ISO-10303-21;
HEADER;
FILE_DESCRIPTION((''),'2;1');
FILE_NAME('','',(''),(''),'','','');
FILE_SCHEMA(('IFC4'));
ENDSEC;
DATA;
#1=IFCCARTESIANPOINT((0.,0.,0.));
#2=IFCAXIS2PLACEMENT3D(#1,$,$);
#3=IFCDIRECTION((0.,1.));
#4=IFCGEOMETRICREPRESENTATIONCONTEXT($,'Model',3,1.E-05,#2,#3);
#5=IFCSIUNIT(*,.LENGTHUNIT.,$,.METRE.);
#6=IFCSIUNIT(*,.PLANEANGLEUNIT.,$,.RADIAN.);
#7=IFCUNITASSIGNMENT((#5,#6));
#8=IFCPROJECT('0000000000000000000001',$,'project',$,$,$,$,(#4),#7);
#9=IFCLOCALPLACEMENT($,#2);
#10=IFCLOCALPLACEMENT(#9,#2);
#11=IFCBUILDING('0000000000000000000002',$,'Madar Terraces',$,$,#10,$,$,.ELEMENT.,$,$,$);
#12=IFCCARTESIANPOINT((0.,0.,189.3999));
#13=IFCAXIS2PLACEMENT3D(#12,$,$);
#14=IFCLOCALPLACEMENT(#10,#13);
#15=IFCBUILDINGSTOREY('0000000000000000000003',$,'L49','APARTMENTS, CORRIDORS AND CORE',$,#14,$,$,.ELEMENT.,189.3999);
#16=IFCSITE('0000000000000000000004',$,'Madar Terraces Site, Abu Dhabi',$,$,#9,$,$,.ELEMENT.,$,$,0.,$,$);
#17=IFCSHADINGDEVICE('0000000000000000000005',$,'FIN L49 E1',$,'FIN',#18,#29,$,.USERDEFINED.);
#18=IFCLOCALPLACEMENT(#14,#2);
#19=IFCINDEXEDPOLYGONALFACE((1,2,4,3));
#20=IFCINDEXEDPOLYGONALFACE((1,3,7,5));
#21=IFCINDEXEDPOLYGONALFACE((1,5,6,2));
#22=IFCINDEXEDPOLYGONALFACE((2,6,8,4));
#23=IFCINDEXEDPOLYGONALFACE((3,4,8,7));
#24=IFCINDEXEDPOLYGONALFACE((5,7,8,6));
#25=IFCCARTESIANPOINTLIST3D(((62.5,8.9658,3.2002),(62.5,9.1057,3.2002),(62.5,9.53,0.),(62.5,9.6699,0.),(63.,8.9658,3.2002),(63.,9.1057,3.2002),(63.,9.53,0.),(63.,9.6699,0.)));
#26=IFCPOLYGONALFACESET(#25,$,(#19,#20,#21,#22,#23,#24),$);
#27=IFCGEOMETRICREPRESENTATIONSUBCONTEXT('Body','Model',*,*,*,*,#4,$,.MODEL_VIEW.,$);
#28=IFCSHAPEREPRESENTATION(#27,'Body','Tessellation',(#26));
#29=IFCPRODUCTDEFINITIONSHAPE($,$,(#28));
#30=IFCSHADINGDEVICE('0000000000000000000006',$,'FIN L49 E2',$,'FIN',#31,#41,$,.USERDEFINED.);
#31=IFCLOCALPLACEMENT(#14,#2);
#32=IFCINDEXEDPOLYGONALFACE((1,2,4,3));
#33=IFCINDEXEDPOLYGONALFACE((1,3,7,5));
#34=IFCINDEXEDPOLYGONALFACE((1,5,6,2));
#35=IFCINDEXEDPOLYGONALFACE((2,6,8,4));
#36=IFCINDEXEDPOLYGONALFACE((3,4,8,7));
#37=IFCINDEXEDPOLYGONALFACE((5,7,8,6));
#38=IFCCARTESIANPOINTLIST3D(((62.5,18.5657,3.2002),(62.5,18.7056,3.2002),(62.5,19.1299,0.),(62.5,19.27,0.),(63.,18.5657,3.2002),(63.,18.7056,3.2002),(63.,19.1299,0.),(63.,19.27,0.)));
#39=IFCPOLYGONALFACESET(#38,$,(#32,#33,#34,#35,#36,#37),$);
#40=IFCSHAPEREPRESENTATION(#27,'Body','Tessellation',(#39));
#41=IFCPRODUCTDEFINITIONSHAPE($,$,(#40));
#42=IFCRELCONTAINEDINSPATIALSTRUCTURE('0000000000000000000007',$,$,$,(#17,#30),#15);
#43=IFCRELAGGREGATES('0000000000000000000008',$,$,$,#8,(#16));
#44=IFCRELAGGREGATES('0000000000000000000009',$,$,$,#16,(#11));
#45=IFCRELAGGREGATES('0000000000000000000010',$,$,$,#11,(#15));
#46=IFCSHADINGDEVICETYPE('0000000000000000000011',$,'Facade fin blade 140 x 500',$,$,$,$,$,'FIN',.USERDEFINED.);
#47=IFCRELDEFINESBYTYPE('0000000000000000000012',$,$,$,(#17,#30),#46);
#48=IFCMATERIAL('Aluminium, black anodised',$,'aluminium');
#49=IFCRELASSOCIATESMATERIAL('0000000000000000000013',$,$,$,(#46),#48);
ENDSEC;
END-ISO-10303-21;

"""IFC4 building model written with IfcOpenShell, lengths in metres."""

from ifc_helpers import new_model, si_unit, direction, frame, origin, place, context, subcontext, project, spatial, polyline, outline, extrude, material, type_object, element, save


model = new_model("IFC4")

# Units and contexts
model_context = context("Model", 3, precision=1e-05, world=origin(), true_north=direction((0.0, 1.0)))
body_context = subcontext(model_context, "Body", "Model", "MODEL_VIEW")
ifc_project = project(units=[si_unit("LENGTHUNIT", "METRE"), si_unit("PLANEANGLEUNIT", "RADIAN")], contexts=[model_context])

# Site, building, storey
site_placement = place(None, origin())
site = spatial("IfcSite", under=ifc_project, at=site_placement, Name="Madar Terraces Site, Abu Dhabi", CompositionType="ELEMENT", RefElevation=0.0)
building_placement = place(site_placement, origin())
building = spatial("IfcBuilding", under=site, at=building_placement, Name="Madar Terraces", CompositionType="ELEMENT")
storey_placement = place(building_placement, frame((0.0, 0.0, 189.3999)))
storey = spatial("IfcBuildingStorey", under=building, at=storey_placement, Name="L49", Description="APARTMENTS, CORRIDORS AND CORE", CompositionType="ELEMENT", Elevation=189.3999)

# Shading devices
ifc_material_1 = material(Name="Aluminium, black anodised", Category="aluminium")
shading_device_type = type_object("IfcShadingDeviceType", Name="Facade fin blade 140 x 500", ElementType="FIN", PredefinedType="USERDEFINED", material=ifc_material_1)
shading_device_1_placement = place(storey_placement, frame((62.75, 9.53, 0.0), z_axis=(0.0, 0.0, 1.0), x_axis=(0.0, 1.0, 0.0)))
element("IfcShadingDevice", 1, at=shading_device_1_placement, inside=storey, type_object=shading_device_type, Name="FIN L49 E1", ObjectType="FIN", PredefinedType="USERDEFINED", context=body_context, shape_type="SweptSolid", body=[
    extrude(outline(polyline([(0.0, 0.0), (0.1399, 0.0), (-0.4243, 3.2002), (-0.5642, 3.2002), (0.0, 0.0)])), frame((0.0, 0.25, 0.0), z_axis=(0.0, -1.0, 0.0), x_axis=(1.0, 0.0, 0.0)), (0.0, 0.0, 1.0), 0.5),
])
shading_device_2_placement = place(storey_placement, frame((62.75, 19.1299, 0.0), z_axis=(0.0, 0.0, 1.0), x_axis=(0.0, 1.0, 0.0)))
element("IfcShadingDevice", 2, at=shading_device_2_placement, inside=storey, type_object=shading_device_type, Name="FIN L49 E2", ObjectType="FIN", PredefinedType="USERDEFINED", context=body_context, shape_type="SweptSolid", body=[
    extrude(outline(polyline([(0.0, 0.0), (0.1401, 0.0), (-0.4243, 3.2002), (-0.5642, 3.2002), (0.0, 0.0)])), frame((0.0, 0.25, 0.0), z_axis=(0.0, -1.0, 0.0), x_axis=(1.0, 0.0, 0.0)), (0.0, 0.0, 1.0), 0.5),
])

save(model, "model.ifc")
